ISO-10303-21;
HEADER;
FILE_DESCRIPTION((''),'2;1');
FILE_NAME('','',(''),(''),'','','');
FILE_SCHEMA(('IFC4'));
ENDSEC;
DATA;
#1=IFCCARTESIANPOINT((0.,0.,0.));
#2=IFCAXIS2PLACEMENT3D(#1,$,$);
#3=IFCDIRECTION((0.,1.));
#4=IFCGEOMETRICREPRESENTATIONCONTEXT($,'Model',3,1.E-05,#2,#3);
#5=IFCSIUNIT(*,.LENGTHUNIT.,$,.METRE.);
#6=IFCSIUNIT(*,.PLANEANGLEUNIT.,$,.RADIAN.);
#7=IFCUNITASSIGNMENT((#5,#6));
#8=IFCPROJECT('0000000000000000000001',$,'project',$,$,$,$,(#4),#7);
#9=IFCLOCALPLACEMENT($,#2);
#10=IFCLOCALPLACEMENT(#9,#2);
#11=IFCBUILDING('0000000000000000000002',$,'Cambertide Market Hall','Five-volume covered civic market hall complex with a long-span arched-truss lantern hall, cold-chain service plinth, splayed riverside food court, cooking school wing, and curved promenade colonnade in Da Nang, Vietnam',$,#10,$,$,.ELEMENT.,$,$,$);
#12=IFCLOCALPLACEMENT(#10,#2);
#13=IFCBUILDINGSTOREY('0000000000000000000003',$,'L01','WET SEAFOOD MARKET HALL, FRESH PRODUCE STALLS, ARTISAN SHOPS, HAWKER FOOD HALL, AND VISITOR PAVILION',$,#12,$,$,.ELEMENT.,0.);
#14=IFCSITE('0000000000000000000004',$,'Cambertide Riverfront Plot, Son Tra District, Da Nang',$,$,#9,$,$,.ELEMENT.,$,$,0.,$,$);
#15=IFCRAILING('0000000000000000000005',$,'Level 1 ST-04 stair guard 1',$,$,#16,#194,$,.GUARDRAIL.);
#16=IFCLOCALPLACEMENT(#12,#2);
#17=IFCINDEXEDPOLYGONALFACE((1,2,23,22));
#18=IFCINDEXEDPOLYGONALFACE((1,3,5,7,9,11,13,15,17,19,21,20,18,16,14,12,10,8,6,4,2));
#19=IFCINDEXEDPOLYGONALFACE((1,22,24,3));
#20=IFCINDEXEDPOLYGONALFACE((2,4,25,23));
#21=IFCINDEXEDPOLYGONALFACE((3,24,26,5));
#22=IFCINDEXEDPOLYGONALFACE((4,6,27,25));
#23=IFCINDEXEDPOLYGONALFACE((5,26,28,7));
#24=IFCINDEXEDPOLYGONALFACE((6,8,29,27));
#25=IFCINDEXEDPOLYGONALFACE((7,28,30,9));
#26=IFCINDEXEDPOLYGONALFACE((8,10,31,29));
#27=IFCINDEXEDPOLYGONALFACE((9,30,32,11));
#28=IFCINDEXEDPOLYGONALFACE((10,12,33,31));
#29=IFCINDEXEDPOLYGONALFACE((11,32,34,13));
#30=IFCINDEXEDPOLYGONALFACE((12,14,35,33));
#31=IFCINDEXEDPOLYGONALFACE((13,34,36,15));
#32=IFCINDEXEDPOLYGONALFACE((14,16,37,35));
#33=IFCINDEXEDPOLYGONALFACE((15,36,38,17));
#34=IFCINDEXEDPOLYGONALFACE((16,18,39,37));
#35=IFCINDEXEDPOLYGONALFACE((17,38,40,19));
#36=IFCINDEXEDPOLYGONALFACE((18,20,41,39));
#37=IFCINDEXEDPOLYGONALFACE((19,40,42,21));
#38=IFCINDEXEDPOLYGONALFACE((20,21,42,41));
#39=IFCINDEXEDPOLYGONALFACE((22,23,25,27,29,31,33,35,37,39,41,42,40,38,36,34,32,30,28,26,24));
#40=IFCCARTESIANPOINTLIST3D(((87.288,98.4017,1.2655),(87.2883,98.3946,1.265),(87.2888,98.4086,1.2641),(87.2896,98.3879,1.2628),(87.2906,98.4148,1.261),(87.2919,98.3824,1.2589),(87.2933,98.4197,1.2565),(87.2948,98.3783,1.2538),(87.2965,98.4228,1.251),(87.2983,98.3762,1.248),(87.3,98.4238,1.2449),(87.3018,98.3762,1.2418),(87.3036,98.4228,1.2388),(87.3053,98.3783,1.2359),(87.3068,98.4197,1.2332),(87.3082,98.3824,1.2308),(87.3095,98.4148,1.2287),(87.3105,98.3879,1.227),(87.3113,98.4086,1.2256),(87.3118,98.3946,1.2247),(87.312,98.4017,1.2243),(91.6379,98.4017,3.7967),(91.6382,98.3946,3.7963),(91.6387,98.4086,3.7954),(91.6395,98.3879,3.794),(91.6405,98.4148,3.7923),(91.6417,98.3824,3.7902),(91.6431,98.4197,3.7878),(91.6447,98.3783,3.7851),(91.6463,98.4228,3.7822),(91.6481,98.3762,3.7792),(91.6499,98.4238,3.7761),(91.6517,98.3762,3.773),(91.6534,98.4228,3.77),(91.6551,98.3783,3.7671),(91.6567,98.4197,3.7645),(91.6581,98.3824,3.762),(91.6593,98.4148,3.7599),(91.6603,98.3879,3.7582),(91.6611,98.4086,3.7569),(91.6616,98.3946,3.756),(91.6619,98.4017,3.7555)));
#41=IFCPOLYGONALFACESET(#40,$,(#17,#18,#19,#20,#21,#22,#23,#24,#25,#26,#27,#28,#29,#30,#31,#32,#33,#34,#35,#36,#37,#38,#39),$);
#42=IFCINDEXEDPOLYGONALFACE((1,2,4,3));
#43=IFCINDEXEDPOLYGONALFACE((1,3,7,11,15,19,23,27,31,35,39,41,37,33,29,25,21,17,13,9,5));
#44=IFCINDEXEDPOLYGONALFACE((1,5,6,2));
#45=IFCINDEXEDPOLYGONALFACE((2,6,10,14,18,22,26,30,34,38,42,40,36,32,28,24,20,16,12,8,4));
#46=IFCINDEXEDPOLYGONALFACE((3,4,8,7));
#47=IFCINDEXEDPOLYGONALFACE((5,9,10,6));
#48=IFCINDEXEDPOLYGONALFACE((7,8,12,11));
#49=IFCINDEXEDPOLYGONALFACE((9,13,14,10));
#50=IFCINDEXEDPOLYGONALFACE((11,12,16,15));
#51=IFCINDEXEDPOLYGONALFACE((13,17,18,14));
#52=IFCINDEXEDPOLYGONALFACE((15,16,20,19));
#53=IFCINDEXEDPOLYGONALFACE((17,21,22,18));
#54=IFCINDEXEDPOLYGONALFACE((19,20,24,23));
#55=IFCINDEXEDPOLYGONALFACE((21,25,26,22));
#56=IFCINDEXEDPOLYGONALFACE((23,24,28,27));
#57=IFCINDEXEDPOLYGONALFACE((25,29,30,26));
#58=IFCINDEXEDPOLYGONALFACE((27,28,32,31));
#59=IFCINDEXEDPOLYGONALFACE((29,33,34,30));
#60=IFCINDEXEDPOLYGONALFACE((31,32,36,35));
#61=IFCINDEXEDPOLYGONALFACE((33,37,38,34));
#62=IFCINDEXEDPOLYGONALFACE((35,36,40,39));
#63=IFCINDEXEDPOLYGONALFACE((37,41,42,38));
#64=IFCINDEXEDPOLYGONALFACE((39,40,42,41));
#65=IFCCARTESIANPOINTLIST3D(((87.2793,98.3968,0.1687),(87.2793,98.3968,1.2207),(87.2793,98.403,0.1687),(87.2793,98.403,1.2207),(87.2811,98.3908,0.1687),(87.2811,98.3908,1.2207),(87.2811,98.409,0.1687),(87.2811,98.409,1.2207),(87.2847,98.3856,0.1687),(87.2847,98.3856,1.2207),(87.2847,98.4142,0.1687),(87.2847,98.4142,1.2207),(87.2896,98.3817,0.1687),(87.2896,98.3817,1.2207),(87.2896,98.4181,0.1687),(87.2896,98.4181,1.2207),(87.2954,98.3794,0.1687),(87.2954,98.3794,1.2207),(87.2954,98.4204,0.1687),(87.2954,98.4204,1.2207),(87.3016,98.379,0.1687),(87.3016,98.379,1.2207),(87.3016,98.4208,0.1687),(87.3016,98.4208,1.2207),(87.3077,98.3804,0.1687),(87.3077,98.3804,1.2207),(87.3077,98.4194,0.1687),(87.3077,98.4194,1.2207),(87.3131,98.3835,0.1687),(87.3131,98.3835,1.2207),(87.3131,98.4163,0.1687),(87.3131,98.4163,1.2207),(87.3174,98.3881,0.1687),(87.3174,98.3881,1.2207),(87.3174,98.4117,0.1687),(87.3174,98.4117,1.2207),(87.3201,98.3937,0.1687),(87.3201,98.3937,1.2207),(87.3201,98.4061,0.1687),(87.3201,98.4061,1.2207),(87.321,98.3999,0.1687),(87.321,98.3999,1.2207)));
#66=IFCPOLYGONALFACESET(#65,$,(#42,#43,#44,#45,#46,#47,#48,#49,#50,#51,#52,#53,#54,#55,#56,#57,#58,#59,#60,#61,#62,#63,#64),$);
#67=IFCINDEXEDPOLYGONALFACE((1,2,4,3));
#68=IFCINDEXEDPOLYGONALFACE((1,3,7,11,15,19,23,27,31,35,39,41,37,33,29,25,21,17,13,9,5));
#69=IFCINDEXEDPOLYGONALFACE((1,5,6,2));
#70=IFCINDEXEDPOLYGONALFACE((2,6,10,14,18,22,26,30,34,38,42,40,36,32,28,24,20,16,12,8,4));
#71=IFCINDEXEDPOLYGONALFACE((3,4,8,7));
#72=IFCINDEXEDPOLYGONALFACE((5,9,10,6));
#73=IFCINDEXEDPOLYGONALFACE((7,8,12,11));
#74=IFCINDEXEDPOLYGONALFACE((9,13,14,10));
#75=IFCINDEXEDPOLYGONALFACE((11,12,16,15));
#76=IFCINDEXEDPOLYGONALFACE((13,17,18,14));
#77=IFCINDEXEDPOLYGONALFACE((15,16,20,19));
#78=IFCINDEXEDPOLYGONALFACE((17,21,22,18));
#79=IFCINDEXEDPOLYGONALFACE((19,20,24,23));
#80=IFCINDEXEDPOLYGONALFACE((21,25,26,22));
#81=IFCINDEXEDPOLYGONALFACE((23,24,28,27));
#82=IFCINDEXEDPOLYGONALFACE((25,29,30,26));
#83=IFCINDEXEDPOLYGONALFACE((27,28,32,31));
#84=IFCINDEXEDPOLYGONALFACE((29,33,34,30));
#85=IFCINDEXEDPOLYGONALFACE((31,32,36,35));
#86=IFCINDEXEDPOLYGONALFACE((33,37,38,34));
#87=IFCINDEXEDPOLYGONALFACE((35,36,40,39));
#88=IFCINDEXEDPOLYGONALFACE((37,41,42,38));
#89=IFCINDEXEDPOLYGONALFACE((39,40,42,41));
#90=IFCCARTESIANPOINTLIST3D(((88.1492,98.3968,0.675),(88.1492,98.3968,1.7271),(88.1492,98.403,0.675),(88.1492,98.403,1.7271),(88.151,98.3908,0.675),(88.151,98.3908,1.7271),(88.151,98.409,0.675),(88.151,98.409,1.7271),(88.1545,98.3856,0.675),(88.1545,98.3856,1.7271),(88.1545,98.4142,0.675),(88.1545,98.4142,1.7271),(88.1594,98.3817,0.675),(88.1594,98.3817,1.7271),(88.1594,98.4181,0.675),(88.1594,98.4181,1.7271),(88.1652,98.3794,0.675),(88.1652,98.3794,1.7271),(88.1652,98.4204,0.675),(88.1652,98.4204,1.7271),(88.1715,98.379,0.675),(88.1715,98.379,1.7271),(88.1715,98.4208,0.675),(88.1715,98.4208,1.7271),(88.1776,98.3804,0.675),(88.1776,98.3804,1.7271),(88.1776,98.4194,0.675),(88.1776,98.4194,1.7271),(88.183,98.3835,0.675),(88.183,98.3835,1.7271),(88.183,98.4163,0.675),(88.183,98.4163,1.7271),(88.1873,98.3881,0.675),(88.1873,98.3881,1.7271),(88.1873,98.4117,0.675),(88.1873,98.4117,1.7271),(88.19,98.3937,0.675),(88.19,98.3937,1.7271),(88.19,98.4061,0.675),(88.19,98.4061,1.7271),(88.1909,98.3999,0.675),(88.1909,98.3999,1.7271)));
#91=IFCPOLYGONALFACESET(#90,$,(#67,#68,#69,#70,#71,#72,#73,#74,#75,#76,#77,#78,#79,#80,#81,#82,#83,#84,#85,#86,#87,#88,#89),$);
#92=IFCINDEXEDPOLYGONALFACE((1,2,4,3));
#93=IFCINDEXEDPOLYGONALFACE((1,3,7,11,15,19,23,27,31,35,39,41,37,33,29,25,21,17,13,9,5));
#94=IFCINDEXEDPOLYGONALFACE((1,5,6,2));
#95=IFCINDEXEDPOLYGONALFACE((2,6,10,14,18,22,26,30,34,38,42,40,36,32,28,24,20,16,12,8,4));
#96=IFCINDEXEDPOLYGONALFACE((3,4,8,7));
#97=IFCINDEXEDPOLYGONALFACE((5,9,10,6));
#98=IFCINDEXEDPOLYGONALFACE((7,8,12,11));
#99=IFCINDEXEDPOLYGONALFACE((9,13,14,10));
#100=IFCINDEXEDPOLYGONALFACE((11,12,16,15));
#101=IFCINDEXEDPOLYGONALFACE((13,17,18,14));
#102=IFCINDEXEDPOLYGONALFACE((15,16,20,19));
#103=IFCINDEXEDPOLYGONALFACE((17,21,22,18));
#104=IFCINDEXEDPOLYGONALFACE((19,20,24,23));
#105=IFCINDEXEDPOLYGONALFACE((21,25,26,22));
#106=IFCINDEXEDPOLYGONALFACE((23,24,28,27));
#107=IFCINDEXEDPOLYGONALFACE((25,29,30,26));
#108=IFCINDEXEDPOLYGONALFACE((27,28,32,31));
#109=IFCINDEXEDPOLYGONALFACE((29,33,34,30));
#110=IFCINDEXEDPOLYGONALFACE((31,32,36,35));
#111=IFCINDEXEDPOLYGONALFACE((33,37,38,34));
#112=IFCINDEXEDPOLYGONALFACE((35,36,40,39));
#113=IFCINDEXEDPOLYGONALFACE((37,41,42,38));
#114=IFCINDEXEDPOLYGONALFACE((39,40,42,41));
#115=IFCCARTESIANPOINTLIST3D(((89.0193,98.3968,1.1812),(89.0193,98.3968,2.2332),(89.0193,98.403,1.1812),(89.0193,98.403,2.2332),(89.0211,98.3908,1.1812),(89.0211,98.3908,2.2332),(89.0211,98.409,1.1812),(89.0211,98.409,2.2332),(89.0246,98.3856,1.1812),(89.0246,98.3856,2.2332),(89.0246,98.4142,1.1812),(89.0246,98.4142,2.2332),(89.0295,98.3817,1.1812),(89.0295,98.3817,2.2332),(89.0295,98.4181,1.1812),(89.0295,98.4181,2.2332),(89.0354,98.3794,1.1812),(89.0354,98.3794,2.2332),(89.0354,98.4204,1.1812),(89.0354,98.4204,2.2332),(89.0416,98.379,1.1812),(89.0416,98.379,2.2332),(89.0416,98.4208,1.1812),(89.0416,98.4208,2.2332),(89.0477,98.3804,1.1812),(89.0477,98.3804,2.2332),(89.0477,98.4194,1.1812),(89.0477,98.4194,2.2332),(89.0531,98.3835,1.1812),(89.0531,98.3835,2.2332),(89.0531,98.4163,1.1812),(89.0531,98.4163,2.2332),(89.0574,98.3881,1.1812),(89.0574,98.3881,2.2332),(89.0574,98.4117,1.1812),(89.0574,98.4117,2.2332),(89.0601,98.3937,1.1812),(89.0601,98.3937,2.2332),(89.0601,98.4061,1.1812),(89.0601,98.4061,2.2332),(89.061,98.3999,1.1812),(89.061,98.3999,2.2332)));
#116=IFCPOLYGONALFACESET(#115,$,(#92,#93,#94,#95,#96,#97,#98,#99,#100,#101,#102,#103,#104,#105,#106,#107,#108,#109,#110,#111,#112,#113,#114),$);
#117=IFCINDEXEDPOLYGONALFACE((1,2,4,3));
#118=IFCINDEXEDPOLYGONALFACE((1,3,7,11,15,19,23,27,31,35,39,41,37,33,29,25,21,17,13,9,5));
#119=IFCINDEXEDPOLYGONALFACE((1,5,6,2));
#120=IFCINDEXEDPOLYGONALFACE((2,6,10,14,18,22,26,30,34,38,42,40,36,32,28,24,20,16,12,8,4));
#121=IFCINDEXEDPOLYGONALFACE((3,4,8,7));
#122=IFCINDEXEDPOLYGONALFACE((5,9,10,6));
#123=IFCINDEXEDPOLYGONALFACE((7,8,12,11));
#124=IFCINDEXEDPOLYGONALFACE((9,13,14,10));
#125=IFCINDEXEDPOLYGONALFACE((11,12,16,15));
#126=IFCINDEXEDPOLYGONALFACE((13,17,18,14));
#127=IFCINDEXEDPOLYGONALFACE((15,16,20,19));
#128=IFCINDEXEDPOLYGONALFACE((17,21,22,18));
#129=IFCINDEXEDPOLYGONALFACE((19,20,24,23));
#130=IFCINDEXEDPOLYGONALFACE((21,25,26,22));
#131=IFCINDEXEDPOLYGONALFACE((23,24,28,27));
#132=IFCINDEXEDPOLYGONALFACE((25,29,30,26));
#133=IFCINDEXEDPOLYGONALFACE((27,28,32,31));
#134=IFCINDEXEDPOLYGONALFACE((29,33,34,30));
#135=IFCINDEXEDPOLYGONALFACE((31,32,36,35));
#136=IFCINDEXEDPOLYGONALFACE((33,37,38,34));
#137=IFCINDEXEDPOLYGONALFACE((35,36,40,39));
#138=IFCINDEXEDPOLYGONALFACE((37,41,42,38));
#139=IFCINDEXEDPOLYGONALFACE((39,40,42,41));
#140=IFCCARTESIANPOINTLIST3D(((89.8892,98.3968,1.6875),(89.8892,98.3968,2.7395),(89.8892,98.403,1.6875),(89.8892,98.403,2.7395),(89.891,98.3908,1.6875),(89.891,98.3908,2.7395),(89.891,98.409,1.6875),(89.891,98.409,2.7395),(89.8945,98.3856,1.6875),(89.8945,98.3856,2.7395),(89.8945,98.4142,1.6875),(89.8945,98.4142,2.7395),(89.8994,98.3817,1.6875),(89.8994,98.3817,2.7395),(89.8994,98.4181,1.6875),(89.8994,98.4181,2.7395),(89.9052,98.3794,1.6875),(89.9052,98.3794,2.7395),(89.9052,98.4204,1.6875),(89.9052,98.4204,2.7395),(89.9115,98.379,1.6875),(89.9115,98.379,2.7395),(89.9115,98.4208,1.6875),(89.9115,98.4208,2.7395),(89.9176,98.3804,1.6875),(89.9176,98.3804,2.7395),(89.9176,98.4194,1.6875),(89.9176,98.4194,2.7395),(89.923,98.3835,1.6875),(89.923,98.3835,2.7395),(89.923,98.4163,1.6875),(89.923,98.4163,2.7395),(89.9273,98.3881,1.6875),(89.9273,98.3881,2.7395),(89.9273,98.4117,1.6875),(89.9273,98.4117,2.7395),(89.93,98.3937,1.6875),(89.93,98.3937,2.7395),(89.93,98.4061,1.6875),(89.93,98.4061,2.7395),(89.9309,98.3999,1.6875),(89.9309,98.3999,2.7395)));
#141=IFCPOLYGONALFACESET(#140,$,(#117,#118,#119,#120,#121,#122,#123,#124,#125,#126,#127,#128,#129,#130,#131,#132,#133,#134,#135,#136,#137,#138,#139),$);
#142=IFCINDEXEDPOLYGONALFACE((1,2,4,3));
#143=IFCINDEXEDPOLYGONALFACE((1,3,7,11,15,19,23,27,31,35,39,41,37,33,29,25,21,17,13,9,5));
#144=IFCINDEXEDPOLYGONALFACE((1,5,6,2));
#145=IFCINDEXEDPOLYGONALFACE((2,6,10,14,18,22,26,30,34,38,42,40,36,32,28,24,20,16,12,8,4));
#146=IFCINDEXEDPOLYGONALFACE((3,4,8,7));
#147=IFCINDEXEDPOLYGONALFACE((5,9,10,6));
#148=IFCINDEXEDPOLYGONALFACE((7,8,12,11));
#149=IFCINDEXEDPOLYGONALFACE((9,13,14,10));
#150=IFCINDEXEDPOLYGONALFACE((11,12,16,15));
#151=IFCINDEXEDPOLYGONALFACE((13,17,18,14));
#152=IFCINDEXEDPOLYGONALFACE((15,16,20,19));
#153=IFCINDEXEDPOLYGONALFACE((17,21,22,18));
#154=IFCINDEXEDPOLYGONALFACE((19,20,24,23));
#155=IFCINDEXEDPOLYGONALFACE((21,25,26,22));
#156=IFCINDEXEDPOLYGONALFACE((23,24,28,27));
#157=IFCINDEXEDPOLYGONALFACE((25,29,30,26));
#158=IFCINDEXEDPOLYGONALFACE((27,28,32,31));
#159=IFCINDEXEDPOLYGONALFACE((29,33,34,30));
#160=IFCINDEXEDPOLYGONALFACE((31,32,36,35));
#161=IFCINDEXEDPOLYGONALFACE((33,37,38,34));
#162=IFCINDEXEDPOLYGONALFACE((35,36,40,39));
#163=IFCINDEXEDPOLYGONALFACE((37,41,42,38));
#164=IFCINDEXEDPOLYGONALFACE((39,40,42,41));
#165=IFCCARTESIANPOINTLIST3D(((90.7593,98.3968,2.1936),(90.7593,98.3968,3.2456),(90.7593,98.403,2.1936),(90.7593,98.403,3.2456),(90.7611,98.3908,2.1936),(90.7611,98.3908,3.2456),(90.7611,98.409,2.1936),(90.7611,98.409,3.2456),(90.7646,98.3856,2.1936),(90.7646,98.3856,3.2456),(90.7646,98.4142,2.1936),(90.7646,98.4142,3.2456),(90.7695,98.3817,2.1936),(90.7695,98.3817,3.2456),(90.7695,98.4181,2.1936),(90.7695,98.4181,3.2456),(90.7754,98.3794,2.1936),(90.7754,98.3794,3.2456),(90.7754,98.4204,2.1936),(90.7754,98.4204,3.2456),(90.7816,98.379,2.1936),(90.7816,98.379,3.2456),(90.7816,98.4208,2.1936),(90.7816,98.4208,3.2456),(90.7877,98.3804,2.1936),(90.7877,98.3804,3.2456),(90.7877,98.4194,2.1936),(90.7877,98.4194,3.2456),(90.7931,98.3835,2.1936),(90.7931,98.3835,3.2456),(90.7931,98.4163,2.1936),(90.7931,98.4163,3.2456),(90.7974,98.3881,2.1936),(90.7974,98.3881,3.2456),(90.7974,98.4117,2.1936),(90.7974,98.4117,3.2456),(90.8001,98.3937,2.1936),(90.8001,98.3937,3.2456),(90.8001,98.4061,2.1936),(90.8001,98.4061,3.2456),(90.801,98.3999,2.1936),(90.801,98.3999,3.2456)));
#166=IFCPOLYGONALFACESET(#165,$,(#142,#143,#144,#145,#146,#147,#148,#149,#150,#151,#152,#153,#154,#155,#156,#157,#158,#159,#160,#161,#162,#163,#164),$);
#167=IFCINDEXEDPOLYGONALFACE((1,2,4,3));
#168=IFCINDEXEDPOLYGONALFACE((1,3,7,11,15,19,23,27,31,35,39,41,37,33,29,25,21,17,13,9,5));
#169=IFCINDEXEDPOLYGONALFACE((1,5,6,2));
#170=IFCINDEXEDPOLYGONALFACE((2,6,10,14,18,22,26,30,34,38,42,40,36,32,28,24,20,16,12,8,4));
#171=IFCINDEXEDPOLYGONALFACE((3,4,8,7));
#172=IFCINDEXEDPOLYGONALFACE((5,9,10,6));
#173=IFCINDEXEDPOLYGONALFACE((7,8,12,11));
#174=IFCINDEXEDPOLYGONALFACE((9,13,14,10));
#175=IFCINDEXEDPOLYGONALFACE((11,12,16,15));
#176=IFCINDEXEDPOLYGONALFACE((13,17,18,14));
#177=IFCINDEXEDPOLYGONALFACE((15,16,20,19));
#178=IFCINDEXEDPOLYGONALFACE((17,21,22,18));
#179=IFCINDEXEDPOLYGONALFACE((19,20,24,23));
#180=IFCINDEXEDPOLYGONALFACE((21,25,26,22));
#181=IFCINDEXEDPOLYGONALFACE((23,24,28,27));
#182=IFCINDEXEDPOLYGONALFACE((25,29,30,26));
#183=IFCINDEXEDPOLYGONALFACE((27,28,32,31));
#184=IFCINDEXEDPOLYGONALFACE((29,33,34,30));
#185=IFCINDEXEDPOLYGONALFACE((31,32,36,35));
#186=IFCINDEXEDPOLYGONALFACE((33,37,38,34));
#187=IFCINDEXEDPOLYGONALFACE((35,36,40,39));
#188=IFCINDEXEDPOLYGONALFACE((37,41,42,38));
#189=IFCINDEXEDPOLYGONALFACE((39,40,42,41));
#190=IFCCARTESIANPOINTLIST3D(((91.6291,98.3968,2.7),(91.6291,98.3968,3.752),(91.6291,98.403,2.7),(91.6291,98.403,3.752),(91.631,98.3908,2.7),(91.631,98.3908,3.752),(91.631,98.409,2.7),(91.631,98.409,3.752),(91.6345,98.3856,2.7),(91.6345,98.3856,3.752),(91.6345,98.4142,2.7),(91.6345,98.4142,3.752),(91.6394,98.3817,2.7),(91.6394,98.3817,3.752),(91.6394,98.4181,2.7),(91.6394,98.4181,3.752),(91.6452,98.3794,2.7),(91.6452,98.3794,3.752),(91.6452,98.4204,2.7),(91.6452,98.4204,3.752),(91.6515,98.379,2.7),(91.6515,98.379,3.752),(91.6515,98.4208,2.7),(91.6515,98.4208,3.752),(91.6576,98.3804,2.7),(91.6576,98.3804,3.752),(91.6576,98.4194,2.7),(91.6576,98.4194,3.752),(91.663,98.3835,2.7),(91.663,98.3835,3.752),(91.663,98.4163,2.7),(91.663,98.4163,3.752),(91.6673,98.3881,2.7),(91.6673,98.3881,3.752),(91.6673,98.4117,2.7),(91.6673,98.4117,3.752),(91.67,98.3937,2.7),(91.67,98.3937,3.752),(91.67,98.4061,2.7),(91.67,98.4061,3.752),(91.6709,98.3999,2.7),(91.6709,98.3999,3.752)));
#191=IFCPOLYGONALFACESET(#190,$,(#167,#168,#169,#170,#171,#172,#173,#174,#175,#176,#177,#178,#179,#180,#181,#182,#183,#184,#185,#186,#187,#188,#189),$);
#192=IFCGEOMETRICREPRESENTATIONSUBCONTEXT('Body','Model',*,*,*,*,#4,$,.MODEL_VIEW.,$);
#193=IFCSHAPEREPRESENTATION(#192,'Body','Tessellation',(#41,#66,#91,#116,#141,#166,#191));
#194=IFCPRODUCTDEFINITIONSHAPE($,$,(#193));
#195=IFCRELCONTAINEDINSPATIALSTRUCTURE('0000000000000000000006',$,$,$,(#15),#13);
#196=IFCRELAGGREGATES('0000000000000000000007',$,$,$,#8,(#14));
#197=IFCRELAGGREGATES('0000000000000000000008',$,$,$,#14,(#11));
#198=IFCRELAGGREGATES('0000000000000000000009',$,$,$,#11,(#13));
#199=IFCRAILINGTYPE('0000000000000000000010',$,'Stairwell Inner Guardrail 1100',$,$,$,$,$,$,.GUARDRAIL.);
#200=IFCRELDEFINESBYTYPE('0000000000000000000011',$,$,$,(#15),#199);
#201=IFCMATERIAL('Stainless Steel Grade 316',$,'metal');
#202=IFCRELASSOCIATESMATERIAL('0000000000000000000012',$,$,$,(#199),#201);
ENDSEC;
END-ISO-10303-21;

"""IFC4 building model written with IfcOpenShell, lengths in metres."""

from ifc_helpers import new_model, si_unit, direction, frame, origin, origin_2d, place, context, subcontext, project, spatial, circle, extrude, material, type_object, element, save


model = new_model("IFC4")

# Units and contexts
model_context = context("Model", 3, precision=1e-05, world=origin(), true_north=direction((0.0, 1.0)))
body_context = subcontext(model_context, "Body", "Model", "MODEL_VIEW")
ifc_project = project(units=[si_unit("LENGTHUNIT", "METRE"), si_unit("PLANEANGLEUNIT", "RADIAN")], contexts=[model_context])

# Site, building, storey
site_placement = place(None, origin())
site = spatial("IfcSite", under=ifc_project, at=site_placement, Name="Cambertide Riverfront Plot, Son Tra District, Da Nang", CompositionType="ELEMENT", RefElevation=0.0)
building_placement = place(site_placement, origin())
building = spatial("IfcBuilding", under=site, at=building_placement, Name="Cambertide Market Hall", Description="Five-volume covered civic market hall complex with a long-span arched-truss lantern hall, cold-chain service plinth, splayed riverside food court, cooking school wing, and curved promenade colonnade in Da Nang, Vietnam", CompositionType="ELEMENT")
storey_placement = place(building_placement, origin())
storey = spatial("IfcBuildingStorey", under=building, at=storey_placement, Name="L01", Description="WET SEAFOOD MARKET HALL, FRESH PRODUCE STALLS, ARTISAN SHOPS, HAWKER FOOD HALL, AND VISITOR PAVILION", CompositionType="ELEMENT", Elevation=0.0)

# Railing
ifc_material_1 = material(Name="Stainless Steel Grade 316", Category="metal")
railing_type_1 = type_object("IfcRailingType", Name="Stairwell Inner Guardrail 1100", PredefinedType="GUARDRAIL", material=ifc_material_1)
railing_1_placement = place(storey_placement, frame((87.3, 98.3999, 0.1687)))
element("IfcRailing", 1, at=railing_1_placement, inside=storey, type_object=railing_type_1, Name="Level 1 ST-04 stair guard 1", PredefinedType="GUARDRAIL", context=body_context, shape_type="SweptSolid", body=[
    extrude(circle(Radius=0.0239, at=origin_2d()), frame((0.0, 0.0, 1.0762), z_axis=(0.864312, 0.0, 0.502957), x_axis=(0.0, 1.0, 0.0)), (0.0, 0.0, 1.0), 5.0327),
    extrude(circle(Radius=0.021, at=origin_2d()), origin(), (0.0, 0.0, 1.0), 1.052),
    extrude(circle(Radius=0.021, at=origin_2d()), frame((0.8699, 0.0, 0.5063)), (0.0, 0.0, 1.0), 1.052),
    extrude(circle(Radius=0.021, at=origin_2d()), frame((1.74, 0.0, 1.0125)), (0.0, 0.0, 1.0), 1.052),
    extrude(circle(Radius=0.021, at=origin_2d()), frame((2.6099, 0.0, 1.5188)), (0.0, 0.0, 1.0), 1.052),
    extrude(circle(Radius=0.021, at=origin_2d()), frame((3.48, 0.0, 2.0249)), (0.0, 0.0, 1.0), 1.052),
    extrude(circle(Radius=0.021, at=origin_2d()), frame((4.3499, 0.0, 2.5312)), (0.0, 0.0, 1.0), 1.052),
])

save(model, "model.ifc")
